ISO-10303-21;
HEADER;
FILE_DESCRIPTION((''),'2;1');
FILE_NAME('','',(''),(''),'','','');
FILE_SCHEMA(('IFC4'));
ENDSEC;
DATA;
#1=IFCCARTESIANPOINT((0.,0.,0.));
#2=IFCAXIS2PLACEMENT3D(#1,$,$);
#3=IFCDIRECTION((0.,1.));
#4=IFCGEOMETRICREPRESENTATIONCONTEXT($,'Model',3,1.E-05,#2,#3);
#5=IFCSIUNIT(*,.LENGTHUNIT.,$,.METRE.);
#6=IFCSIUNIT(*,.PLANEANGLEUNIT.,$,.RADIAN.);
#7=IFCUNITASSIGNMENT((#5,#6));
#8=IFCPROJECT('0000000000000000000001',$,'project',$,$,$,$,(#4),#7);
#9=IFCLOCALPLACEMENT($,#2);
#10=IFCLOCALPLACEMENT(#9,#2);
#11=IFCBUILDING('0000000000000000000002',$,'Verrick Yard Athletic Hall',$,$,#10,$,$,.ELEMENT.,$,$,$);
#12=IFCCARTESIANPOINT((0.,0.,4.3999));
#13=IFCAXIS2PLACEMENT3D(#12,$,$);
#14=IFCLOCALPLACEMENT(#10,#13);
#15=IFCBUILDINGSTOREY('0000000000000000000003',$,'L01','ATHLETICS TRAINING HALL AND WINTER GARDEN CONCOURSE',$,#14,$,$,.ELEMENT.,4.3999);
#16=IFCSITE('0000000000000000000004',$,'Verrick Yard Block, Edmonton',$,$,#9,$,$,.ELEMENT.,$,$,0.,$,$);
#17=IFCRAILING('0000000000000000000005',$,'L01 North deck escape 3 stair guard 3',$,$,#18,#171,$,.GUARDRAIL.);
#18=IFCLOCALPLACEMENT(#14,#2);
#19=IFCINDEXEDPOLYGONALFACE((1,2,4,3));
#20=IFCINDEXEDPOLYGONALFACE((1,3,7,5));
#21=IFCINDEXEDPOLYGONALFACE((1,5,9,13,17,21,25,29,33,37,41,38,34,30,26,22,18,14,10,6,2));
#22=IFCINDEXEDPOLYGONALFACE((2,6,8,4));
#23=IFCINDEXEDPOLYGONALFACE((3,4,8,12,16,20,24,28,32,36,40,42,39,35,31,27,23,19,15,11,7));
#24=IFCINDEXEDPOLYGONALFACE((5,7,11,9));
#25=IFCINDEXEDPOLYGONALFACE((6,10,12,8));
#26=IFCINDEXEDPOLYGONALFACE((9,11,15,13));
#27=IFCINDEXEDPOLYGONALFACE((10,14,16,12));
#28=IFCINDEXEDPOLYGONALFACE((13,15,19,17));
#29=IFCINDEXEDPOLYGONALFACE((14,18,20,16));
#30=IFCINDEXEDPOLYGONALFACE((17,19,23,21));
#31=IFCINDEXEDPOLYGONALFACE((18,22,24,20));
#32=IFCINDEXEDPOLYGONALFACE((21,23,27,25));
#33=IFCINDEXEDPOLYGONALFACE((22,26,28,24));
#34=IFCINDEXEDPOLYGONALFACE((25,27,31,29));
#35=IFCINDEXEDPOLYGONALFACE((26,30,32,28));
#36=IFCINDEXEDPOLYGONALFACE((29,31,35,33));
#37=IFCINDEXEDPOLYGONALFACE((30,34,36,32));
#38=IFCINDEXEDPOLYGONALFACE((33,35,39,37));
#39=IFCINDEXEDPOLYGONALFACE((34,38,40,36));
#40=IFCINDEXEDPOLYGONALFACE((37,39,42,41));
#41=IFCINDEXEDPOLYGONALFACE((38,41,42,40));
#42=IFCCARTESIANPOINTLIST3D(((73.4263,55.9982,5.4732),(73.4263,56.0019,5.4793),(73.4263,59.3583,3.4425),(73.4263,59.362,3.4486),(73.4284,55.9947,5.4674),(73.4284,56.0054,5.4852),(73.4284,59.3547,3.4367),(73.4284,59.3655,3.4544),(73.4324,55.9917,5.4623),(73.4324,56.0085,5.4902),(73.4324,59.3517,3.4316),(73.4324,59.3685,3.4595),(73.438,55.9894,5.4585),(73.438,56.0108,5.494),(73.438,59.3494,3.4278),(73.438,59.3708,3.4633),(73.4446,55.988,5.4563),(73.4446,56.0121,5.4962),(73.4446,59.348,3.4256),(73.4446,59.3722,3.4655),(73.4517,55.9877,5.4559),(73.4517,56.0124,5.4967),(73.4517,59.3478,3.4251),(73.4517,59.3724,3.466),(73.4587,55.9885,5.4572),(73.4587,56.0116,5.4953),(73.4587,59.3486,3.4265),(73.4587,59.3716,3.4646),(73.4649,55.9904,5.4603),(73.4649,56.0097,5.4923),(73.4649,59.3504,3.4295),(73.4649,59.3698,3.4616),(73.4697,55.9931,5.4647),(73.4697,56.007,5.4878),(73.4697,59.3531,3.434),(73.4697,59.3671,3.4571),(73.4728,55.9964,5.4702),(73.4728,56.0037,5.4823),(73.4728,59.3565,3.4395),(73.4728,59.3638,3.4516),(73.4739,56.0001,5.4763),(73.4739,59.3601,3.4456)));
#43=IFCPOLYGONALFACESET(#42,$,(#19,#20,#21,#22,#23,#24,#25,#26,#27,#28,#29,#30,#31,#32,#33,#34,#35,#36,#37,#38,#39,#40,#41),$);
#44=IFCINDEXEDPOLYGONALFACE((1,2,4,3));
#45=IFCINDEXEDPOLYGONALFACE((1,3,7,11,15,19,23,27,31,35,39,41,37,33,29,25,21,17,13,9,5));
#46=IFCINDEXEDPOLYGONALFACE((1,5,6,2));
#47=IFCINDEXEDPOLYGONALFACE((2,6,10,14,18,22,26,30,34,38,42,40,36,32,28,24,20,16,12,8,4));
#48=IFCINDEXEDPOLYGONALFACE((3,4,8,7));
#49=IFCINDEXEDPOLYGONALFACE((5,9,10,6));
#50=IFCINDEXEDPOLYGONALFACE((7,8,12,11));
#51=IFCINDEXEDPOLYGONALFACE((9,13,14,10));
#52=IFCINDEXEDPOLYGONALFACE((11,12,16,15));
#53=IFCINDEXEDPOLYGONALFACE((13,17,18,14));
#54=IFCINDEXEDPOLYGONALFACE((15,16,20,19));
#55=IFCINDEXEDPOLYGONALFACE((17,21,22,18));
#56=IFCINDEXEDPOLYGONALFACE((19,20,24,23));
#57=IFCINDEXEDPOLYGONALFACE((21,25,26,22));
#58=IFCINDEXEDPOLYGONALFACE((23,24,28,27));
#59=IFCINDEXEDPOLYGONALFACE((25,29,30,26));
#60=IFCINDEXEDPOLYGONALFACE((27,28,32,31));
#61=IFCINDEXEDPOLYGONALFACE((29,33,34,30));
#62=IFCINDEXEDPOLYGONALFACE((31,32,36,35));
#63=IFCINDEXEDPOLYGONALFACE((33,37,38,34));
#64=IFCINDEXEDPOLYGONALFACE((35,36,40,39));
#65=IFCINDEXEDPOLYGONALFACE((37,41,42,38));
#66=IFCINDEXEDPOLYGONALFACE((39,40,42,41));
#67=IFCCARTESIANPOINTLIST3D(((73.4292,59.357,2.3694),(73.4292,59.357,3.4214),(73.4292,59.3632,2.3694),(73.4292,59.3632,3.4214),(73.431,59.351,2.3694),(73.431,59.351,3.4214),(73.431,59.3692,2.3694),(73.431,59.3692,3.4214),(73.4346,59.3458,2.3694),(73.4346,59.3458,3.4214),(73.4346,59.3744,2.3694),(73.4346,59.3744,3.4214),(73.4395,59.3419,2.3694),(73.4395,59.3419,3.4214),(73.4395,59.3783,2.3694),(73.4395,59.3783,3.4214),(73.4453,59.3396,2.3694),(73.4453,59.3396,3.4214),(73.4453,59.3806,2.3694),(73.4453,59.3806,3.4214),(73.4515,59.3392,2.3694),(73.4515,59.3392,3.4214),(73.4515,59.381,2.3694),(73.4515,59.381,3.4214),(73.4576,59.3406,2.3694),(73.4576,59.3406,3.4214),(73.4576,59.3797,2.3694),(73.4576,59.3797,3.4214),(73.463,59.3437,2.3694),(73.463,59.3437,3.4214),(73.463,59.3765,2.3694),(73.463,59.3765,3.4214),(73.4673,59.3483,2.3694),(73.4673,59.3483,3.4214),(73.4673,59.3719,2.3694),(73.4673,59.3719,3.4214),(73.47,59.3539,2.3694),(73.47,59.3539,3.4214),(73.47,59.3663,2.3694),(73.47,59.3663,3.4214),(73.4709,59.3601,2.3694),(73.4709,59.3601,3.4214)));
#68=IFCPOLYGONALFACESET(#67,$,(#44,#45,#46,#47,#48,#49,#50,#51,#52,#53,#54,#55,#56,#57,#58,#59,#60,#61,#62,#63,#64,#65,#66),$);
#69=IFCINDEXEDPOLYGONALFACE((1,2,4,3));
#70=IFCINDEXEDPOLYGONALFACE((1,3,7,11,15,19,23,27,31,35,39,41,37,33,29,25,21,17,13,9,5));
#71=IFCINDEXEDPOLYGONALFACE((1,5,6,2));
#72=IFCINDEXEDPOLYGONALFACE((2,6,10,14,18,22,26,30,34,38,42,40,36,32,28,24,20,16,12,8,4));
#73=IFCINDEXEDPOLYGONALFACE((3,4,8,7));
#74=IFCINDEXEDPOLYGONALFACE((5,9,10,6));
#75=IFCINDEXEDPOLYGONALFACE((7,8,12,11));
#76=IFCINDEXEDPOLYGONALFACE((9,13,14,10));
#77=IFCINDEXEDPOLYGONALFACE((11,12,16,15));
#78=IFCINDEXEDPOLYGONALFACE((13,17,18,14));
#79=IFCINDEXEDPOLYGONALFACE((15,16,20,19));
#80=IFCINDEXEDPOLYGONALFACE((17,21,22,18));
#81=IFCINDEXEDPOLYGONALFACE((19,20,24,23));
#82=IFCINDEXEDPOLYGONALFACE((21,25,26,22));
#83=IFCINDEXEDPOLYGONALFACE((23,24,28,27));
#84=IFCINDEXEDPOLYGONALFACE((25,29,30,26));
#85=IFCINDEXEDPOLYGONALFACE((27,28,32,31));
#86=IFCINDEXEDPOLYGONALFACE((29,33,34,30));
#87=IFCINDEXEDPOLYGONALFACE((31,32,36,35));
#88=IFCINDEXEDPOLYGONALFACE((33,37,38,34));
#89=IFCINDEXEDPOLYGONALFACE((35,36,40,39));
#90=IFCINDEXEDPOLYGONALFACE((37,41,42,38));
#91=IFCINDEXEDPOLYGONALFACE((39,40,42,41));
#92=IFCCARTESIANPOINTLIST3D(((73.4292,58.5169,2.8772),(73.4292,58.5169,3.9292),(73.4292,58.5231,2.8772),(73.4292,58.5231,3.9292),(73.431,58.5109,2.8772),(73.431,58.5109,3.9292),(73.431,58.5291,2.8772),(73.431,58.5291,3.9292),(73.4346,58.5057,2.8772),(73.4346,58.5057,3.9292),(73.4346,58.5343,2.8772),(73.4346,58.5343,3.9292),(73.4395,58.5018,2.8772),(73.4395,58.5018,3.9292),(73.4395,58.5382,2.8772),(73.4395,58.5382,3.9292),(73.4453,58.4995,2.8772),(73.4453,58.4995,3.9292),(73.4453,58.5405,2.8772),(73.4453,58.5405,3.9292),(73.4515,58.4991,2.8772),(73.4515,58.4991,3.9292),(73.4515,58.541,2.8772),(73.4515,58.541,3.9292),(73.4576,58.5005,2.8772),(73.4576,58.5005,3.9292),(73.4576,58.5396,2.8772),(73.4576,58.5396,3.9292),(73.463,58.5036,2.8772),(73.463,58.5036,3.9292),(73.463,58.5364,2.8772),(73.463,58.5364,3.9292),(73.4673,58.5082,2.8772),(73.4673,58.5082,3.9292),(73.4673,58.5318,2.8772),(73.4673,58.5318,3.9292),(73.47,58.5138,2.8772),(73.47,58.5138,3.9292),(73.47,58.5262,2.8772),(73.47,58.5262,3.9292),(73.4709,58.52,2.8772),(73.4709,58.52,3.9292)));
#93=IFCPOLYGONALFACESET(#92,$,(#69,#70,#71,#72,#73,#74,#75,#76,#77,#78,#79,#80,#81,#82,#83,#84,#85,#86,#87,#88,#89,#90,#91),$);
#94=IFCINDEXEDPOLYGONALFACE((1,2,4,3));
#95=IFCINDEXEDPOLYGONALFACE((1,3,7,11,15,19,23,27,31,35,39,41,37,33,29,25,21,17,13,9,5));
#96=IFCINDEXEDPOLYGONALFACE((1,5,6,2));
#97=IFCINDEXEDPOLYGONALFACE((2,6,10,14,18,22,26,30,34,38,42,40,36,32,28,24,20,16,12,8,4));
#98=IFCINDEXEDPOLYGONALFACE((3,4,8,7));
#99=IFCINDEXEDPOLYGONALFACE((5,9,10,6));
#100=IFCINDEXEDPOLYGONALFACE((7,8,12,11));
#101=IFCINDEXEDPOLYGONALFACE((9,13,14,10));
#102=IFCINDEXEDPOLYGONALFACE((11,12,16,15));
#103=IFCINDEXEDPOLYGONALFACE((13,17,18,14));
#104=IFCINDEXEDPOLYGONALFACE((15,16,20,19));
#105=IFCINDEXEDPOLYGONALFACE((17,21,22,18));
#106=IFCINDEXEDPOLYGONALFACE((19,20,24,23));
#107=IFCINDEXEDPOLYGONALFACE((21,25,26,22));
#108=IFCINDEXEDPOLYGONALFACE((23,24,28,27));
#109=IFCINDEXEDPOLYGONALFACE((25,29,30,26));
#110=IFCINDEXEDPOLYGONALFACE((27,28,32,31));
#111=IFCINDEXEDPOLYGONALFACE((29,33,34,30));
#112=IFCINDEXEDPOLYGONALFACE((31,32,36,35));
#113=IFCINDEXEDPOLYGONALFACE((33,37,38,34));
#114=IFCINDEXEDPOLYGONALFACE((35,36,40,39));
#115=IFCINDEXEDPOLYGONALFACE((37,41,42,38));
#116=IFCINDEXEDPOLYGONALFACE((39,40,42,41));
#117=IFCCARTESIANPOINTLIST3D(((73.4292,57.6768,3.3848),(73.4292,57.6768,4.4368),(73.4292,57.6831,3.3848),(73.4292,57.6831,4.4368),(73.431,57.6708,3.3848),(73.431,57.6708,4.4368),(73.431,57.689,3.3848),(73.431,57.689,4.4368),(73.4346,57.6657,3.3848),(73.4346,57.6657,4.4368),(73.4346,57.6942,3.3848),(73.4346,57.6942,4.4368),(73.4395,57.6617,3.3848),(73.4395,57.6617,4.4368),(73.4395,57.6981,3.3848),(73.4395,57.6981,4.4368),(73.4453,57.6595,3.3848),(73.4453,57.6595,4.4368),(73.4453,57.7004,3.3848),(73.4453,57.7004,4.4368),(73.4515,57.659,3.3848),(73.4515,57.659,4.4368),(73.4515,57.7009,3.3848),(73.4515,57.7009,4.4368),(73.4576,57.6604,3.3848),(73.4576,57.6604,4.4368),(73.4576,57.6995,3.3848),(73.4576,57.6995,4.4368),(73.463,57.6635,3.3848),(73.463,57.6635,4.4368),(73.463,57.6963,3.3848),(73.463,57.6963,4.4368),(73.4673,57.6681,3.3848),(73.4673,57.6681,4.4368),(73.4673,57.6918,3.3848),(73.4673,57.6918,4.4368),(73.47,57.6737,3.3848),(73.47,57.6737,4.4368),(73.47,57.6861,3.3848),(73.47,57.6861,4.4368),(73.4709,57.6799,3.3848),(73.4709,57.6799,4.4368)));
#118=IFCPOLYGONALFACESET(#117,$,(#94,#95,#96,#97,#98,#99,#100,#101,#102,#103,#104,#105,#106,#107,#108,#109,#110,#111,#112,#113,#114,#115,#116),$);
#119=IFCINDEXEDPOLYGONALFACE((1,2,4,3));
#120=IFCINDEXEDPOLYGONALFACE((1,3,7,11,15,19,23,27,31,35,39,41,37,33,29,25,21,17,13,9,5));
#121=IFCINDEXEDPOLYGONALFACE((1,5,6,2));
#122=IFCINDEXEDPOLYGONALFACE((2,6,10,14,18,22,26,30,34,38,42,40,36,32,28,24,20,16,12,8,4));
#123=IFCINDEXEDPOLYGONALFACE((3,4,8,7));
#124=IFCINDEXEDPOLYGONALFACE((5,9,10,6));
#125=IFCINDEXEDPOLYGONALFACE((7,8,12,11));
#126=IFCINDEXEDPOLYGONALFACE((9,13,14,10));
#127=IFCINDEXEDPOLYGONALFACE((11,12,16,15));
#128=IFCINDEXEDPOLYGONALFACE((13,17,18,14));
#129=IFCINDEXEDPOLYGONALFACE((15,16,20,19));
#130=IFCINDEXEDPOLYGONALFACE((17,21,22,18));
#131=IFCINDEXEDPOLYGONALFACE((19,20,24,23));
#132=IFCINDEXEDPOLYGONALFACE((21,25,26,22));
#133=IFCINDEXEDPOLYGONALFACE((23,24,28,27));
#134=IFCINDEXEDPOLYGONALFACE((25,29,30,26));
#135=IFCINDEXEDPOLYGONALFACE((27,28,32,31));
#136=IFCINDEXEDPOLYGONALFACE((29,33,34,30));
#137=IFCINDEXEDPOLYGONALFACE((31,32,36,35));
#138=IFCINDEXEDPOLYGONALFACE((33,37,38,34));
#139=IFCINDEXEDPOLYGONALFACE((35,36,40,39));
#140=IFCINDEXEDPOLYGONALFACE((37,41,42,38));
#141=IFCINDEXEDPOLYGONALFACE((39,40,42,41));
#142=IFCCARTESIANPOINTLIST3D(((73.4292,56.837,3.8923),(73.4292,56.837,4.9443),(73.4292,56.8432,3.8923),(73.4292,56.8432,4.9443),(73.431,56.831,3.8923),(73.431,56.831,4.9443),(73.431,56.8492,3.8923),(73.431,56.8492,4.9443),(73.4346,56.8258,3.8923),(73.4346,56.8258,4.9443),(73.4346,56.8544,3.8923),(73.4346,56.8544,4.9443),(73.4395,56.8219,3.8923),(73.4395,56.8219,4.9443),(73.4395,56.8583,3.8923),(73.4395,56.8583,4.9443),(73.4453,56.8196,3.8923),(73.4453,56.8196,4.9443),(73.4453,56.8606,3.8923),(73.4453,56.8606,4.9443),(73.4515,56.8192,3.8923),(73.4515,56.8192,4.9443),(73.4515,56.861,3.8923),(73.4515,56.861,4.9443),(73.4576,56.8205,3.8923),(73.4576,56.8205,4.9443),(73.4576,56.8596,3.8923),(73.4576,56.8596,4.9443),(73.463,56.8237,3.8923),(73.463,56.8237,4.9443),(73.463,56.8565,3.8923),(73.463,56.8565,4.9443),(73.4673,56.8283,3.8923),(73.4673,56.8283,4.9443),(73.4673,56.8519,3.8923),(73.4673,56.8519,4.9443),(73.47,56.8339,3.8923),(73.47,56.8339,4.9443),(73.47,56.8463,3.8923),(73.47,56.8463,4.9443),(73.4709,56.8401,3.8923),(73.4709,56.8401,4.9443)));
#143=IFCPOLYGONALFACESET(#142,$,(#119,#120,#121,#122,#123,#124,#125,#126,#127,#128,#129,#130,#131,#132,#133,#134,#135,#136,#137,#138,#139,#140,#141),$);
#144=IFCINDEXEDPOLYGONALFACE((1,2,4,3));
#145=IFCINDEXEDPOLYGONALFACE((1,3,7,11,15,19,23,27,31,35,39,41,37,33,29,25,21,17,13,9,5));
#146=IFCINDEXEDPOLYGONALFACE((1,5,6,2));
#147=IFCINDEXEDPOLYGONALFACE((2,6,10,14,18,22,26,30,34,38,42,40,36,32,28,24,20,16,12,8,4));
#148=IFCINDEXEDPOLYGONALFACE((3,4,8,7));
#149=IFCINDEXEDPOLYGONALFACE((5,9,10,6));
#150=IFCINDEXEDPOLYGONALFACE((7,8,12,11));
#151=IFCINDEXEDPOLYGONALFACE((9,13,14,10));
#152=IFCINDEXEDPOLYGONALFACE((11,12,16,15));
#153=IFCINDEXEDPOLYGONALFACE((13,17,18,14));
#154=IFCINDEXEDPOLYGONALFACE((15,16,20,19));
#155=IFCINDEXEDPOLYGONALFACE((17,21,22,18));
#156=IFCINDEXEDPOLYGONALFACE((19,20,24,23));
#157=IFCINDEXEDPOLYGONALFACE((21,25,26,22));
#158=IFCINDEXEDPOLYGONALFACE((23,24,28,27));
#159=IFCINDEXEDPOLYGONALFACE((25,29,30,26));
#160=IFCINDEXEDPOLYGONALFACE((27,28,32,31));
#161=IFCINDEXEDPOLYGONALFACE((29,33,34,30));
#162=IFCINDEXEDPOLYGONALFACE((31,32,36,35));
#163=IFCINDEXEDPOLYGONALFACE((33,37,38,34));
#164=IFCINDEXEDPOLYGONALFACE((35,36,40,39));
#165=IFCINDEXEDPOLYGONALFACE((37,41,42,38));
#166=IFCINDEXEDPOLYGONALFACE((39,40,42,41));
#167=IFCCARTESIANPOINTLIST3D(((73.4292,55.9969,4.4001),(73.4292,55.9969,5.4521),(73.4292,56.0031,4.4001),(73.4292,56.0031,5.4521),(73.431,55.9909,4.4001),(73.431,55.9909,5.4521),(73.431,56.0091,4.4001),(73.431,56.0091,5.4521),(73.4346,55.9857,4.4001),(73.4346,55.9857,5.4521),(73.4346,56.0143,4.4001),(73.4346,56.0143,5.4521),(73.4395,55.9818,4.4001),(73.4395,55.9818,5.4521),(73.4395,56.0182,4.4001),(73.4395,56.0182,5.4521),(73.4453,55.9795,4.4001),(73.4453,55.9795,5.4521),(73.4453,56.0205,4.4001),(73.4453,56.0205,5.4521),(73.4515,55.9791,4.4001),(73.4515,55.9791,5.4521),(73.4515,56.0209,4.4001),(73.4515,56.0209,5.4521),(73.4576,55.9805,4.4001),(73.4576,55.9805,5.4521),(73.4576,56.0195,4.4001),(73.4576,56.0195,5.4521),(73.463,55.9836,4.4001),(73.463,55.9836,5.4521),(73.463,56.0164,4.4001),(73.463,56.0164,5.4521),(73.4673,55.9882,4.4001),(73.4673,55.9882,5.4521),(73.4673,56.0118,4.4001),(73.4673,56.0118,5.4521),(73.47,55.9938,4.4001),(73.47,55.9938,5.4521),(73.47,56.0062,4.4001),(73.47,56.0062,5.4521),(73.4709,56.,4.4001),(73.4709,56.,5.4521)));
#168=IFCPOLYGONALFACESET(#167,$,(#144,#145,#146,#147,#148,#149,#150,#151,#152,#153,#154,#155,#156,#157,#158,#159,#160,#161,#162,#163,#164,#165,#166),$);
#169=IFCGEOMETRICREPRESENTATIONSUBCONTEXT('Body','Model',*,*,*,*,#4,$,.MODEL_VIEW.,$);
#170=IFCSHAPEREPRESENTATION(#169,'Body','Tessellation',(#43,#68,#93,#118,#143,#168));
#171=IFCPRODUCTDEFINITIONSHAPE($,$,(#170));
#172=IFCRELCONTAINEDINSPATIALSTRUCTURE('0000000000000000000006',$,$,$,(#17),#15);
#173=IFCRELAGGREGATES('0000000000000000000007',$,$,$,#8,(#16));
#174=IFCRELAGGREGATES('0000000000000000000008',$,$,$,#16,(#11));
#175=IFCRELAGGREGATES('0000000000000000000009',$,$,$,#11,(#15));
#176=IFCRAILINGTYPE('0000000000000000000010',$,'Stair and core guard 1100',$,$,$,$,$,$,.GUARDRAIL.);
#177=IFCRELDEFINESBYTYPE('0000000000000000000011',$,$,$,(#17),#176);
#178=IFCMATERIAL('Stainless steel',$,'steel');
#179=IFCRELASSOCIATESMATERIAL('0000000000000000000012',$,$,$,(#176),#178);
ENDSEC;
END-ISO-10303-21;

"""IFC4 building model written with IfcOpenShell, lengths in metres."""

from ifc_helpers import new_model, si_unit, direction, frame, origin, origin_2d, place, context, subcontext, project, spatial, circle, extrude, material, type_object, element, save


model = new_model("IFC4")

# Units and contexts
model_context = context("Model", 3, precision=1e-05, world=origin(), true_north=direction((0.0, 1.0)))
body_context = subcontext(model_context, "Body", "Model", "MODEL_VIEW")
ifc_project = project(units=[si_unit("LENGTHUNIT", "METRE"), si_unit("PLANEANGLEUNIT", "RADIAN")], contexts=[model_context])

# Site, building, storey
site_placement = place(None, origin())
site = spatial("IfcSite", under=ifc_project, at=site_placement, Name="Verrick Yard Block, Edmonton", CompositionType="ELEMENT", RefElevation=0.0)
building_placement = place(site_placement, origin())
building = spatial("IfcBuilding", under=site, at=building_placement, Name="Verrick Yard Athletic Hall", CompositionType="ELEMENT")
storey_placement = place(building_placement, frame((0.0, 0.0, 4.3999)))
storey = spatial("IfcBuildingStorey", under=building, at=storey_placement, Name="L01", Description="ATHLETICS TRAINING HALL AND WINTER GARDEN CONCOURSE", CompositionType="ELEMENT", Elevation=4.3999)

# Railing
ifc_material_1 = material(Name="Stainless steel", Category="steel")
railing_type_1 = type_object("IfcRailingType", Name="Stair and core guard 1100", PredefinedType="GUARDRAIL", material=ifc_material_1)
railing_1_placement = place(storey_placement, frame((73.45, 59.3601, 2.3694)))
element("IfcRailing", 1, at=railing_1_placement, inside=storey, type_object=railing_type_1, Name="L01 North deck escape 3 stair guard 3", PredefinedType="GUARDRAIL", context=body_context, shape_type="SweptSolid", body=[
    extrude(circle(Radius=0.0239, at=origin_2d()), frame((0.0, 0.0, 1.0762), z_axis=(0.0, -0.855837, 0.517246), x_axis=(1.0, 0.0, 0.0)), (0.0, 0.0, 1.0), 3.926),
    extrude(circle(Radius=0.021, at=origin_2d()), origin(), (0.0, 0.0, 1.0), 1.052),
    extrude(circle(Radius=0.021, at=origin_2d()), frame((0.0, -0.8401, 0.5078)), (0.0, 0.0, 1.0), 1.052),
    extrude(circle(Radius=0.021, at=origin_2d()), frame((0.0, -1.6802, 1.0154)), (0.0, 0.0, 1.0), 1.052),
    extrude(circle(Radius=0.021, at=origin_2d()), frame((0.0, -2.52, 1.5229)), (0.0, 0.0, 1.0), 1.052),
    extrude(circle(Radius=0.021, at=origin_2d()), frame((0.0, -3.3601, 2.0308)), (0.0, 0.0, 1.0), 1.052),
])

save(model, "model.ifc")
